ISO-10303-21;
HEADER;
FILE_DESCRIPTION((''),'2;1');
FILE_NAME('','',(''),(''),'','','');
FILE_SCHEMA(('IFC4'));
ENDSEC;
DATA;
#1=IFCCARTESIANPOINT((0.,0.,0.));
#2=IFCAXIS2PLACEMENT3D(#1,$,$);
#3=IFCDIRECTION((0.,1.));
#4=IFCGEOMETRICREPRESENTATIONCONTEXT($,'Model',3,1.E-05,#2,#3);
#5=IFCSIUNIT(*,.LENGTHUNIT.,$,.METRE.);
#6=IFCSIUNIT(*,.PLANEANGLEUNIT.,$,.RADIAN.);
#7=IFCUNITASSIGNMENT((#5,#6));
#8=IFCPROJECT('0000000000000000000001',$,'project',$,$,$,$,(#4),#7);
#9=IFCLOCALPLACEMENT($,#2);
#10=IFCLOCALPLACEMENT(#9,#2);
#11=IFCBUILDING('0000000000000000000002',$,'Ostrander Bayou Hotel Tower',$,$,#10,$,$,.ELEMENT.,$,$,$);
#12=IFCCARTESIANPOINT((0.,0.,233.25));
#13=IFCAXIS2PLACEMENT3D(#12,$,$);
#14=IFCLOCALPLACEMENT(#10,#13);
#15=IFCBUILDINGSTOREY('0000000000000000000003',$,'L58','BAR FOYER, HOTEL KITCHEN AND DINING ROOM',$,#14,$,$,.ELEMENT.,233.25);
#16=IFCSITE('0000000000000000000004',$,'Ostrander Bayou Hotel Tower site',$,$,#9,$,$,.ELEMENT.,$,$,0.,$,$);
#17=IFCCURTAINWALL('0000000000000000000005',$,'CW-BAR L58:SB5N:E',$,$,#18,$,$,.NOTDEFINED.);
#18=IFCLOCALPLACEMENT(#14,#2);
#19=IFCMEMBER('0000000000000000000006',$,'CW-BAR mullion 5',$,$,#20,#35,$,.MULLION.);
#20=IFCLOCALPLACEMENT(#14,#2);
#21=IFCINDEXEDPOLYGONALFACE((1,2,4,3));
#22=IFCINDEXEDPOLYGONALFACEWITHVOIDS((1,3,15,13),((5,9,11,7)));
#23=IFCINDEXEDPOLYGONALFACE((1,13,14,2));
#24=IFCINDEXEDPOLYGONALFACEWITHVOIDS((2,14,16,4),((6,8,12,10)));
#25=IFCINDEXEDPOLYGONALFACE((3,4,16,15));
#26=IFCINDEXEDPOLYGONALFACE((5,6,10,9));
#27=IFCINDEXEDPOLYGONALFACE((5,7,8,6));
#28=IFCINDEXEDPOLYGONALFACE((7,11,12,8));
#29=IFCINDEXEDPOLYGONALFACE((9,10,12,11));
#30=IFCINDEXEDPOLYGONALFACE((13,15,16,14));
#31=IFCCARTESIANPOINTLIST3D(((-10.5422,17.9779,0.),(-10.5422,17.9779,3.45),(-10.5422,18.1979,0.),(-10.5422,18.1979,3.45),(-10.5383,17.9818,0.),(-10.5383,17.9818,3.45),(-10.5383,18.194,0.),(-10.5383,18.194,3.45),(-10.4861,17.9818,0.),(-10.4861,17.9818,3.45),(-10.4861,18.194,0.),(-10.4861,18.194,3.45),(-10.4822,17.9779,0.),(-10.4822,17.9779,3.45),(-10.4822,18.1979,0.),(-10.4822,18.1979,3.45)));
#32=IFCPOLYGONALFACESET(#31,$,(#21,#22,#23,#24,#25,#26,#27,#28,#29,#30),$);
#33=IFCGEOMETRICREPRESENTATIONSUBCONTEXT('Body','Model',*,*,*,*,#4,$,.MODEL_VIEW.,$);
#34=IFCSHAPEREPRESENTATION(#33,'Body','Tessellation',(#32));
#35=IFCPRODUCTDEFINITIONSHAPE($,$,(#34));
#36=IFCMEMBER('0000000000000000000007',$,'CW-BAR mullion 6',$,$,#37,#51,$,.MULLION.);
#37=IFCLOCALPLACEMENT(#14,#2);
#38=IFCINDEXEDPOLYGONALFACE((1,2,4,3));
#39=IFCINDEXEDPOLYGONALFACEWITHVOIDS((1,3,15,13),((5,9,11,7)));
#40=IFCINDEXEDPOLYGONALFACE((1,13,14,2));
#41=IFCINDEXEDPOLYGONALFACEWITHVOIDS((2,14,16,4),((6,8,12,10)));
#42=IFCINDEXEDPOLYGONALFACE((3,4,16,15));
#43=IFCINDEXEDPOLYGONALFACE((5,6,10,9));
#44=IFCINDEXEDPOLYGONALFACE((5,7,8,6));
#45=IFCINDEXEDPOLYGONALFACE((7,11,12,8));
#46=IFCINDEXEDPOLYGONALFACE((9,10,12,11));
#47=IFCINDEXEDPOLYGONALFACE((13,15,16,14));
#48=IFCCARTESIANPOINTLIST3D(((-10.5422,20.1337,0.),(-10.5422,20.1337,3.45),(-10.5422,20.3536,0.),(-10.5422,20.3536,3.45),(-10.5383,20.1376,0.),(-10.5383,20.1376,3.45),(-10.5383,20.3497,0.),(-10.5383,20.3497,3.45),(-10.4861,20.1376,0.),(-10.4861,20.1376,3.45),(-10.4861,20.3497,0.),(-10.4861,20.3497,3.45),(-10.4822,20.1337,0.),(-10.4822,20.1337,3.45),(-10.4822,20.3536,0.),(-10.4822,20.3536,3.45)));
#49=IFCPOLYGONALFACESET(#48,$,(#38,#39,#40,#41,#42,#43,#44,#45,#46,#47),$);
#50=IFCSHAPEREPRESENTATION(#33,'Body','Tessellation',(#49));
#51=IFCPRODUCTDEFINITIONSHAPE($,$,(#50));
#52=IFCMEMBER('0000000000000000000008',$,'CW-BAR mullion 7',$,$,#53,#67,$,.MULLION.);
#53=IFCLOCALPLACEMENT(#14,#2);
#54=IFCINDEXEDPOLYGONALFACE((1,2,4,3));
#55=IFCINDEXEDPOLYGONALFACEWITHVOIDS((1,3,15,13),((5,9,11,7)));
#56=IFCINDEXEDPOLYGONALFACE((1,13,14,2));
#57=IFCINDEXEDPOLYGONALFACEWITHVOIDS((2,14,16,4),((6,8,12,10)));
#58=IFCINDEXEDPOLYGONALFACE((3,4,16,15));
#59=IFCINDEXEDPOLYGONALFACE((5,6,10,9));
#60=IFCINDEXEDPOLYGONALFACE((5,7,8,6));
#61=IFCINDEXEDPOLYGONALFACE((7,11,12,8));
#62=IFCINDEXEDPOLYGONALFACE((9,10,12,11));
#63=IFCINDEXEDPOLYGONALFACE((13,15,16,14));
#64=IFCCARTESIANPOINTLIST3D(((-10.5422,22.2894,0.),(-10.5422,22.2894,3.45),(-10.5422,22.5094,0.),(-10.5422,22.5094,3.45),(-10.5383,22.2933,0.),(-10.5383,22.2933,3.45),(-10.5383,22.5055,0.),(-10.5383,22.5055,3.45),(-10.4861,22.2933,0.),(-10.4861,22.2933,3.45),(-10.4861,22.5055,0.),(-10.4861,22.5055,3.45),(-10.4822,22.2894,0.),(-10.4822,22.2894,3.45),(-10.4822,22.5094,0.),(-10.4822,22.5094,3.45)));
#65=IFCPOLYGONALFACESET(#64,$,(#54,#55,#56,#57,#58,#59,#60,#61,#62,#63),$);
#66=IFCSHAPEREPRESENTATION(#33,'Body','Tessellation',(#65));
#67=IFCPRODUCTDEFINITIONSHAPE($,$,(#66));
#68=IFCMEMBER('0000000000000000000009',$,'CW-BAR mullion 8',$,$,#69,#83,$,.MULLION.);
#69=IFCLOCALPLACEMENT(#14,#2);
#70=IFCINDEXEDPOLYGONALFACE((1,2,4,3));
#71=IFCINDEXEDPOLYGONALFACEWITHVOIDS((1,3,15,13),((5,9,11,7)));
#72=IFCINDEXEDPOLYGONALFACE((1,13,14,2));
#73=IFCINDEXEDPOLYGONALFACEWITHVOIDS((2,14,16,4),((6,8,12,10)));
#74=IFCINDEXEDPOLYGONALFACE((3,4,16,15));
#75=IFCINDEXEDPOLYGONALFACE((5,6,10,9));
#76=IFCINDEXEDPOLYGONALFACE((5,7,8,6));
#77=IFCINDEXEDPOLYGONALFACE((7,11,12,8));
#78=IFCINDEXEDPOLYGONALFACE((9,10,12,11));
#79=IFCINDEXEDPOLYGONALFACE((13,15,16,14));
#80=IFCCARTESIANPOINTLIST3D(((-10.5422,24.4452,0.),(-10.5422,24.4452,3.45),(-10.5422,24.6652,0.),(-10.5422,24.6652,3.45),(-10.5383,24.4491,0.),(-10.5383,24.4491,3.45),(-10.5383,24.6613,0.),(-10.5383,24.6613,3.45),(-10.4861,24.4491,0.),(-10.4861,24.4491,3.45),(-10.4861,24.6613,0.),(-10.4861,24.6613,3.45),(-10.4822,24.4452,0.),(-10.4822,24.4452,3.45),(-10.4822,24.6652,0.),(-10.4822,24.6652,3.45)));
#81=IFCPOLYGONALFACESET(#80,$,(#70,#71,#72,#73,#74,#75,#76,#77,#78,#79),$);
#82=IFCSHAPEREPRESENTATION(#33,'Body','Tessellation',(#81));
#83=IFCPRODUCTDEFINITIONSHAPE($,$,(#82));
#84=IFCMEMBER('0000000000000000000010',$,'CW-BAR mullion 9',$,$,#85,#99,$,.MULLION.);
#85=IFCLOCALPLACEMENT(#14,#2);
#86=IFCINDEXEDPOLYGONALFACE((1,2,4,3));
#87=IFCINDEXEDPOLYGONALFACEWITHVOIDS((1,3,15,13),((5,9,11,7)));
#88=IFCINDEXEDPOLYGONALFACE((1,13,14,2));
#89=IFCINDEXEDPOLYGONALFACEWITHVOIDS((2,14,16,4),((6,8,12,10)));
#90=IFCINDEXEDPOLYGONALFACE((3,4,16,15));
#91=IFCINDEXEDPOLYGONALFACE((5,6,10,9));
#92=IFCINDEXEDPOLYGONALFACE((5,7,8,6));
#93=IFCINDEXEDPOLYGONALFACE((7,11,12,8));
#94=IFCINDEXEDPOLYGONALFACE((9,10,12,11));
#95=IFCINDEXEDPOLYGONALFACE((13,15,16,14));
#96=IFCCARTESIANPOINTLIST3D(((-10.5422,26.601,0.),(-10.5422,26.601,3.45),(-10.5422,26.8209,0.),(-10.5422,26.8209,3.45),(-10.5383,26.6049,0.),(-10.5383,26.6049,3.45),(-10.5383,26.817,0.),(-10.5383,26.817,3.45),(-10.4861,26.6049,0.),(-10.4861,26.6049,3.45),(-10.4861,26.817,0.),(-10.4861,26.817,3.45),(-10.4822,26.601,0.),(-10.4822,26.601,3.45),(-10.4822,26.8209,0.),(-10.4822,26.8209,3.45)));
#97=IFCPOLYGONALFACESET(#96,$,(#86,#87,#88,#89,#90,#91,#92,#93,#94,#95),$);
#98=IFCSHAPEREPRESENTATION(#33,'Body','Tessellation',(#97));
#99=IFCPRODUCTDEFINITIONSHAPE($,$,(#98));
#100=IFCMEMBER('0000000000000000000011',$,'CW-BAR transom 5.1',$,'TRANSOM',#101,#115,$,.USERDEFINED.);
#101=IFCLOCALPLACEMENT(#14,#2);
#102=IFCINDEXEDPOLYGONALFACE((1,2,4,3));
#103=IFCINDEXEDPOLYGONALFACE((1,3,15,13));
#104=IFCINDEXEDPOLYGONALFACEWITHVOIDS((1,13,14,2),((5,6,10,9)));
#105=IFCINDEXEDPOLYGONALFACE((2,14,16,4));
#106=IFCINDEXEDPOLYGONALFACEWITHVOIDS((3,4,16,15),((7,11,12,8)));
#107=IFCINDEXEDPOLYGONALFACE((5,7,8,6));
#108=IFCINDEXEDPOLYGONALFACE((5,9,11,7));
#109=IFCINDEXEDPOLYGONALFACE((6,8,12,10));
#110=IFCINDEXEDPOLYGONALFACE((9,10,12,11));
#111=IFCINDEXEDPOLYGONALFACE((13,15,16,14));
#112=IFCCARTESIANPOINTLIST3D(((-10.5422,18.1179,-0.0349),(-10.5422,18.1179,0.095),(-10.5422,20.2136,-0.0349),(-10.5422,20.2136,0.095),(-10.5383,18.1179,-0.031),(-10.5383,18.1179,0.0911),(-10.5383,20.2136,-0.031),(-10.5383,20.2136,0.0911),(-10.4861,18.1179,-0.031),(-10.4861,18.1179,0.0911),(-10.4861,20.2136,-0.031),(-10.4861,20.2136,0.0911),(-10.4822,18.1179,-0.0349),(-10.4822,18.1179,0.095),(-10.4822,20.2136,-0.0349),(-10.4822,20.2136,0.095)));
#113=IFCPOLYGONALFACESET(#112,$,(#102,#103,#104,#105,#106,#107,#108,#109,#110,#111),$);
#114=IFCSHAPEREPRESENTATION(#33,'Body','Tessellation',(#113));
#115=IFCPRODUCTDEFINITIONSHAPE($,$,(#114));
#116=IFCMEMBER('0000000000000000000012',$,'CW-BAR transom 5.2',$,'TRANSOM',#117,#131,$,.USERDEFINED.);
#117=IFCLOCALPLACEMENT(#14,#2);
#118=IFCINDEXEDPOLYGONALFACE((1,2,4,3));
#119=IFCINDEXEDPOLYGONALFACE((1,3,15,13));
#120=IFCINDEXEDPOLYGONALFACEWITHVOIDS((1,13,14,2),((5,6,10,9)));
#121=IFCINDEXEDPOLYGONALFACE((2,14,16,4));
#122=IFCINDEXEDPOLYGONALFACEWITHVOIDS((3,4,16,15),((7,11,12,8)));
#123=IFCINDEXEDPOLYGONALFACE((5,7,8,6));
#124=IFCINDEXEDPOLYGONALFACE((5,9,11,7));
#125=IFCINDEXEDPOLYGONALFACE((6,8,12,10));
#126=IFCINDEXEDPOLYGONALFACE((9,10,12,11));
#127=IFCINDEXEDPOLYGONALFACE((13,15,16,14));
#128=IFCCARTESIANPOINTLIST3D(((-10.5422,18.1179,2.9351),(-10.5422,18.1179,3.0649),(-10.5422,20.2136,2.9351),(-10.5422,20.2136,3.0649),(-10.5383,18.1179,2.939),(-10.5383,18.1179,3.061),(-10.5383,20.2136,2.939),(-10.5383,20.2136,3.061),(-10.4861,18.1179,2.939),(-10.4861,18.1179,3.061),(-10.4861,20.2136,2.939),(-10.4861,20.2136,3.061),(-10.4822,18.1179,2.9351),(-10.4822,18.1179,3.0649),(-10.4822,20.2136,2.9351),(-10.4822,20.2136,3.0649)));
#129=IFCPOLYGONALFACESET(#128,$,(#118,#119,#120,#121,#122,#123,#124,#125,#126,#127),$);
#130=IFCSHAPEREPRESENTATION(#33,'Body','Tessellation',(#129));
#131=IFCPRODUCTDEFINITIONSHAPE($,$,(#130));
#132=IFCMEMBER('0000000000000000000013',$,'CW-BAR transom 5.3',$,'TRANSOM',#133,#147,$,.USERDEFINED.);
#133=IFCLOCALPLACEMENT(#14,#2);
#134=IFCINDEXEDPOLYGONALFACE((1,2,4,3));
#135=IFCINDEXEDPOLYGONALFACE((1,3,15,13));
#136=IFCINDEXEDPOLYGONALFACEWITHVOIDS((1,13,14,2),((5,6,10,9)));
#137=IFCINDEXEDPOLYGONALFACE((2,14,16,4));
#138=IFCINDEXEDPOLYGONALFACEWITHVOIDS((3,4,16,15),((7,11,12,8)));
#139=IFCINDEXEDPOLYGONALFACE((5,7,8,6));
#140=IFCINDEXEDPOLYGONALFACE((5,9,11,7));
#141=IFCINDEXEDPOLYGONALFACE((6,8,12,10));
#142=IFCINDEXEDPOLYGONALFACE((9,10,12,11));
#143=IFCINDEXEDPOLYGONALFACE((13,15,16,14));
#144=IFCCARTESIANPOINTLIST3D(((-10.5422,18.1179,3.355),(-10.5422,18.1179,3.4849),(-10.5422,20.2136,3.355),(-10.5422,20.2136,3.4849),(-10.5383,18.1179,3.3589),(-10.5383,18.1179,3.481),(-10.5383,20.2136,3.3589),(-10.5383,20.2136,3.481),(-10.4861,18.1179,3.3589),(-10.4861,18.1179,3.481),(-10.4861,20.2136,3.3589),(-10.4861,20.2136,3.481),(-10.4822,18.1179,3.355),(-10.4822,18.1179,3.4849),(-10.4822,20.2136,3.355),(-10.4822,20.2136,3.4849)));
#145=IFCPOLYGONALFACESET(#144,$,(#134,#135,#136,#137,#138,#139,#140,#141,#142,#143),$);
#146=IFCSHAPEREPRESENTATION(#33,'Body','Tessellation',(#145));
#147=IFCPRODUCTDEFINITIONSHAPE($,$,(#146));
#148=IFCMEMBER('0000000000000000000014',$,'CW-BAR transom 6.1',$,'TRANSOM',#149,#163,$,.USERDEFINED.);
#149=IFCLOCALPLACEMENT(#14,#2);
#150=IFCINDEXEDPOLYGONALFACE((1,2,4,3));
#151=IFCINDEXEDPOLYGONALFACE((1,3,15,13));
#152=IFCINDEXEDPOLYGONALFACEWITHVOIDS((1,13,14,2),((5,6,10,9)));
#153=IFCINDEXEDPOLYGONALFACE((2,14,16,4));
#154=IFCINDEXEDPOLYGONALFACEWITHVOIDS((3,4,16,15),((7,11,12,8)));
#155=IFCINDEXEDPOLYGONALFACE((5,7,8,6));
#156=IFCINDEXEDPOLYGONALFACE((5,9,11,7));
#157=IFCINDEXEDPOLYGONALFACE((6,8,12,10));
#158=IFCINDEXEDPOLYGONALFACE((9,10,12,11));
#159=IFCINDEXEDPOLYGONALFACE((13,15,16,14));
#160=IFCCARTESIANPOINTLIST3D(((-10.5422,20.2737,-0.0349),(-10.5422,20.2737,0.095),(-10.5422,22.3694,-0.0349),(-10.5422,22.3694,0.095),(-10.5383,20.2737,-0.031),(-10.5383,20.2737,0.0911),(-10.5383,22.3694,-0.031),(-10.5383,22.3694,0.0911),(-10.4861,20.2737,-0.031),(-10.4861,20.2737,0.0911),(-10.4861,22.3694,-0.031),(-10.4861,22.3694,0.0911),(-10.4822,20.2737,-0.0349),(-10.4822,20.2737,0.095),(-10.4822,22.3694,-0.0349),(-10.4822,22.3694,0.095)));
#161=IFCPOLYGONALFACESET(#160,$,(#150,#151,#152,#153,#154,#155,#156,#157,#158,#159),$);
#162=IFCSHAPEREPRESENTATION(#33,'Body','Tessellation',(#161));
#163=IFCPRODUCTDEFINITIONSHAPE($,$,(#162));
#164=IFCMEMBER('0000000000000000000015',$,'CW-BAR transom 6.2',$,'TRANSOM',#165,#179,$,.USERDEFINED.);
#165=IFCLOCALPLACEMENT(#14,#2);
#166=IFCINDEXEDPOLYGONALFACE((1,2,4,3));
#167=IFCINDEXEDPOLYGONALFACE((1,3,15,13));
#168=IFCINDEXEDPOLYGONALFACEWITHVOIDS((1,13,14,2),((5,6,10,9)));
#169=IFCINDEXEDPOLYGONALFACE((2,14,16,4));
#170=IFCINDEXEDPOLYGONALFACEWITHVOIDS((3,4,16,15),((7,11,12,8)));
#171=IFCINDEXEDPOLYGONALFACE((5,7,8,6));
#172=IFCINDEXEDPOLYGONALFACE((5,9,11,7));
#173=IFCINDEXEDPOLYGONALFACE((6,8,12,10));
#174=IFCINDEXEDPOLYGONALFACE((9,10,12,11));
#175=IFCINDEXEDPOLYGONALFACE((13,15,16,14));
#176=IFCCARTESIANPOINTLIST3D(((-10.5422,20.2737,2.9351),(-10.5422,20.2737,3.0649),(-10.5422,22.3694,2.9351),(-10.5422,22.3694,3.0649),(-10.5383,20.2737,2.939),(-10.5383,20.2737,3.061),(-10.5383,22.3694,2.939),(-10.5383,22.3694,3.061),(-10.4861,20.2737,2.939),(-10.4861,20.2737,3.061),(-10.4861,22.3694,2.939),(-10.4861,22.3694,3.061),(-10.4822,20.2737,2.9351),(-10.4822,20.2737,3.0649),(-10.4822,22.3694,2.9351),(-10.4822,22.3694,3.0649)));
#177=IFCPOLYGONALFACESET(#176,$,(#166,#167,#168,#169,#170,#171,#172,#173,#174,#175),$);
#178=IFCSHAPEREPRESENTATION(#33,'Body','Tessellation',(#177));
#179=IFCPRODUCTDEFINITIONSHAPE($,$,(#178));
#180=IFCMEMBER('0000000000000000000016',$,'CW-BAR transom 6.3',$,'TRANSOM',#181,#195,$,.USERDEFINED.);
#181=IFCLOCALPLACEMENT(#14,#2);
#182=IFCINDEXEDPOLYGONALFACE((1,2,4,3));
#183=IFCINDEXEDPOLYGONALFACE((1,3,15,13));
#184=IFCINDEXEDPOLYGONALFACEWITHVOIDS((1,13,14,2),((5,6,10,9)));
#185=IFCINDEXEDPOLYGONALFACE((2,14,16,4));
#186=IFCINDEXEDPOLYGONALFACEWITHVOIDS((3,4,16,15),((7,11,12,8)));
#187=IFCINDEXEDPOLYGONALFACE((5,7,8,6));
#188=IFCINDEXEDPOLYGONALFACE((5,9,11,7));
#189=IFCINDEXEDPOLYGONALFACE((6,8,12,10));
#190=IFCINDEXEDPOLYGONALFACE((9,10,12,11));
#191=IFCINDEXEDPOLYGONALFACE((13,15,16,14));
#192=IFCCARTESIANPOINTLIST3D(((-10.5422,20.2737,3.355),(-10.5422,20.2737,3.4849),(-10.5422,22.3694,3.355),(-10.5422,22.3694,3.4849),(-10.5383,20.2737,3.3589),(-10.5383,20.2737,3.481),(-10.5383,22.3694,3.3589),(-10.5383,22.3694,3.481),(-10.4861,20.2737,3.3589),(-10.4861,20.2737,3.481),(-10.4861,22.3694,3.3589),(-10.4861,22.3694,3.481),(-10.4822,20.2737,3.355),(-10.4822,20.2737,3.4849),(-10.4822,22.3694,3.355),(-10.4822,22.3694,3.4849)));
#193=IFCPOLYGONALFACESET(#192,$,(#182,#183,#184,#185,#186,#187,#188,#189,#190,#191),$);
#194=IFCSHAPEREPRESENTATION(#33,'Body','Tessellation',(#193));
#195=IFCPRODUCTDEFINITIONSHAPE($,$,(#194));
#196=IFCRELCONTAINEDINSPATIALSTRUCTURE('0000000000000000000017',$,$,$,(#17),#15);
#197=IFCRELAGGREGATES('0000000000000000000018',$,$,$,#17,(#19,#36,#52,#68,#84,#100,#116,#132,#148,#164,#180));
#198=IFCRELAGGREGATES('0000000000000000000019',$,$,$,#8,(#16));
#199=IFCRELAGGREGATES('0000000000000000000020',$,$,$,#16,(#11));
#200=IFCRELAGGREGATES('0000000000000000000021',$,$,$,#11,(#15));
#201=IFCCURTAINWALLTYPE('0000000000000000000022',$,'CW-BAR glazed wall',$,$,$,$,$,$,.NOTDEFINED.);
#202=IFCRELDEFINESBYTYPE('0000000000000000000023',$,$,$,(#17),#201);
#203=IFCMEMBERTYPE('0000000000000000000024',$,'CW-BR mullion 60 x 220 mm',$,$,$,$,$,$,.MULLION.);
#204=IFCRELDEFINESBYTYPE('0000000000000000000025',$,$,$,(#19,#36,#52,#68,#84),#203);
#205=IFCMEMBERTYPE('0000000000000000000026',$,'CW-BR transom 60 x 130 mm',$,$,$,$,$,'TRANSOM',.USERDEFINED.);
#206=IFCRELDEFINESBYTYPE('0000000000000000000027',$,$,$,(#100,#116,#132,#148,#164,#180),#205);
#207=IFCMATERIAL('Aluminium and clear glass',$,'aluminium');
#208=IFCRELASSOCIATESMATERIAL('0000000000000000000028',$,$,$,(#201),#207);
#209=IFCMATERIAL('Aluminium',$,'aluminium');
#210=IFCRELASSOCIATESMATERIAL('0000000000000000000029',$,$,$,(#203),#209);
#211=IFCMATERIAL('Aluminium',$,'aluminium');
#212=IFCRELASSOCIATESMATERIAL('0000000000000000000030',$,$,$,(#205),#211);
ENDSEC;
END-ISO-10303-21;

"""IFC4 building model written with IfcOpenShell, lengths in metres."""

from ifc_helpers import new_model, si_unit, direction, frame, origin, origin_2d, place, context, subcontext, project, spatial, hollow_rectangle, extrude, material, material_profile, profile_set, type_object, element, aggregate, save


model = new_model("IFC4")

# Units and contexts
model_context = context("Model", 3, precision=1e-05, world=origin(), true_north=direction((0.0, 1.0)))
body_context = subcontext(model_context, "Body", "Model", "MODEL_VIEW")
ifc_project = project(units=[si_unit("LENGTHUNIT", "METRE"), si_unit("PLANEANGLEUNIT", "RADIAN")], contexts=[model_context])

# Site, building, storey
site_placement = place(None, origin())
site = spatial("IfcSite", under=ifc_project, at=site_placement, Name="Ostrander Bayou Hotel Tower site", CompositionType="ELEMENT", RefElevation=0.0)
building_placement = place(site_placement, origin())
building = spatial("IfcBuilding", under=site, at=building_placement, Name="Ostrander Bayou Hotel Tower", CompositionType="ELEMENT")
storey_placement = place(building_placement, frame((0.0, 0.0, 233.25)))
storey = spatial("IfcBuildingStorey", under=building, at=storey_placement, Name="L58", Description="BAR FOYER, HOTEL KITCHEN AND DINING ROOM", CompositionType="ELEMENT", Elevation=233.25)

# Curtain wall, members
ifc_material_1 = material(Name="Aluminium and clear glass", Category="aluminium")
curtain_wall_type = type_object("IfcCurtainWallType", Name="CW-BAR glazed wall", PredefinedType="NOTDEFINED", material=ifc_material_1)
curtain_wall_placement = place(storey_placement, origin())
curtain_wall = element("IfcCurtainWall", 1, at=curtain_wall_placement, inside=storey, type_object=curtain_wall_type, Name="CW-BAR L58:SB5N:E", PredefinedType="NOTDEFINED")
ifc_material_2 = material(Name="Aluminium", Category="aluminium")
ifc_material_profile_1 = material_profile(ifc_material_2, hollow_rectangle(XDim=0.0601, YDim=0.22, WallThickness=0.0039, at=origin_2d()))
ifc_profile_set_1 = profile_set([ifc_material_profile_1], Name="Aluminium")
member_type_1 = type_object("IfcMemberType", Name="CW-BR mullion 60 x 220 mm", PredefinedType="MULLION", material=ifc_profile_set_1)
member_1_placement = place(storey_placement, frame((-10.5122, 18.0879, 0.0), z_axis=(0.0, 0.0, 1.0), x_axis=(-1.0, 0.0, 0.0)))
member_1 = element("IfcMember", 2, at=member_1_placement, type_object=member_type_1, Name="CW-BAR mullion 5", PredefinedType="MULLION", context=body_context, shape_type="SweptSolid", body=[
    extrude(hollow_rectangle(XDim=0.0601, YDim=0.22, WallThickness=0.0039, at=origin_2d()), origin(), (0.0, 0.0, 1.0), 3.45),
])
member_2_placement = place(storey_placement, frame((-10.5122, 20.2437, 0.0), z_axis=(0.0, 0.0, 1.0), x_axis=(-1.0, 0.0, 0.0)))
member_2 = element("IfcMember", 3, at=member_2_placement, type_object=member_type_1, Name="CW-BAR mullion 6", PredefinedType="MULLION", context=body_context, shape_type="SweptSolid", body=[
    extrude(hollow_rectangle(XDim=0.0601, YDim=0.22, WallThickness=0.0039, at=origin_2d()), origin(), (0.0, 0.0, 1.0), 3.45),
])
member_3_placement = place(storey_placement, frame((-10.5122, 22.3994, 0.0), z_axis=(0.0, 0.0, 1.0), x_axis=(-1.0, 0.0, 0.0)))
member_3 = element("IfcMember", 4, at=member_3_placement, type_object=member_type_1, Name="CW-BAR mullion 7", PredefinedType="MULLION", context=body_context, shape_type="SweptSolid", body=[
    extrude(hollow_rectangle(XDim=0.0601, YDim=0.22, WallThickness=0.0039, at=origin_2d()), origin(), (0.0, 0.0, 1.0), 3.45),
])
member_4_placement = place(storey_placement, frame((-10.5122, 24.5552, 0.0), z_axis=(0.0, 0.0, 1.0), x_axis=(-1.0, 0.0, 0.0)))
member_4 = element("IfcMember", 5, at=member_4_placement, type_object=member_type_1, Name="CW-BAR mullion 8", PredefinedType="MULLION", context=body_context, shape_type="SweptSolid", body=[
    extrude(hollow_rectangle(XDim=0.0601, YDim=0.22, WallThickness=0.0039, at=origin_2d()), origin(), (0.0, 0.0, 1.0), 3.45),
])
member_5_placement = place(storey_placement, frame((-10.5122, 26.7109, 0.0), z_axis=(0.0, 0.0, 1.0), x_axis=(-1.0, 0.0, 0.0)))
member_5 = element("IfcMember", 6, at=member_5_placement, type_object=member_type_1, Name="CW-BAR mullion 9", PredefinedType="MULLION", context=body_context, shape_type="SweptSolid", body=[
    extrude(hollow_rectangle(XDim=0.0601, YDim=0.22, WallThickness=0.0039, at=origin_2d()), origin(), (0.0, 0.0, 1.0), 3.45),
])
ifc_material_3 = material(Name="Aluminium", Category="aluminium")
ifc_material_profile_2 = material_profile(ifc_material_3, hollow_rectangle(XDim=0.0601, YDim=0.1299, WallThickness=0.0039, at=origin_2d()))
ifc_profile_set_2 = profile_set([ifc_material_profile_2], Name="Aluminium")
member_type_2 = type_object("IfcMemberType", Name="CW-BR transom 60 x 130 mm", ElementType="TRANSOM", PredefinedType="USERDEFINED", material=ifc_profile_set_2)
member_6_placement = place(storey_placement, frame((-10.5122, 18.1179, 0.03), z_axis=(0.0, 1.0, 0.0), x_axis=(-1.0, 0.0, 0.0)))
member_6 = element("IfcMember", 7, at=member_6_placement, type_object=member_type_2, Name="CW-BAR transom 5.1", ObjectType="TRANSOM", PredefinedType="USERDEFINED", context=body_context, shape_type="SweptSolid", body=[
    extrude(hollow_rectangle(XDim=0.0601, YDim=0.1299, WallThickness=0.0039, at=origin_2d()), origin(), (0.0, 0.0, 1.0), 2.0957),
])
member_7_placement = place(storey_placement, frame((-10.5122, 18.1179, 3.0), z_axis=(0.0, 1.0, 0.0), x_axis=(-1.0, 0.0, 0.0)))
member_7 = element("IfcMember", 8, at=member_7_placement, type_object=member_type_2, Name="CW-BAR transom 5.2", ObjectType="TRANSOM", PredefinedType="USERDEFINED", context=body_context, shape_type="SweptSolid", body=[
    extrude(hollow_rectangle(XDim=0.0601, YDim=0.1299, WallThickness=0.0039, at=origin_2d()), origin(), (0.0, 0.0, 1.0), 2.0957),
])
member_8_placement = place(storey_placement, frame((-10.5122, 18.1179, 3.4199), z_axis=(0.0, 1.0, 0.0), x_axis=(-1.0, 0.0, 0.0)))
member_8 = element("IfcMember", 9, at=member_8_placement, type_object=member_type_2, Name="CW-BAR transom 5.3", ObjectType="TRANSOM", PredefinedType="USERDEFINED", context=body_context, shape_type="SweptSolid", body=[
    extrude(hollow_rectangle(XDim=0.0601, YDim=0.1299, WallThickness=0.0039, at=origin_2d()), origin(), (0.0, 0.0, 1.0), 2.0957),
])
member_9_placement = place(storey_placement, frame((-10.5122, 20.2737, 0.03), z_axis=(0.0, 1.0, 0.0), x_axis=(-1.0, 0.0, 0.0)))
member_9 = element("IfcMember", 10, at=member_9_placement, type_object=member_type_2, Name="CW-BAR transom 6.1", ObjectType="TRANSOM", PredefinedType="USERDEFINED", context=body_context, shape_type="SweptSolid", body=[
    extrude(hollow_rectangle(XDim=0.0601, YDim=0.1299, WallThickness=0.0039, at=origin_2d()), origin(), (0.0, 0.0, 1.0), 2.0957),
])
member_10_placement = place(storey_placement, frame((-10.5122, 20.2737, 3.0), z_axis=(0.0, 1.0, 0.0), x_axis=(-1.0, 0.0, 0.0)))
member_10 = element("IfcMember", 11, at=member_10_placement, type_object=member_type_2, Name="CW-BAR transom 6.2", ObjectType="TRANSOM", PredefinedType="USERDEFINED", context=body_context, shape_type="SweptSolid", body=[
    extrude(hollow_rectangle(XDim=0.0601, YDim=0.1299, WallThickness=0.0039, at=origin_2d()), origin(), (0.0, 0.0, 1.0), 2.0957),
])
member_11_placement = place(storey_placement, frame((-10.5122, 20.2737, 3.4199), z_axis=(0.0, 1.0, 0.0), x_axis=(-1.0, 0.0, 0.0)))
member_11 = element("IfcMember", 12, at=member_11_placement, type_object=member_type_2, Name="CW-BAR transom 6.3", ObjectType="TRANSOM", PredefinedType="USERDEFINED", context=body_context, shape_type="SweptSolid", body=[
    extrude(hollow_rectangle(XDim=0.0601, YDim=0.1299, WallThickness=0.0039, at=origin_2d()), origin(), (0.0, 0.0, 1.0), 2.0957),
])

aggregate(curtain_wall, [member_1, member_2, member_3, member_4, member_5, member_6, member_7, member_8, member_9, member_10, member_11])

save(model, "model.ifc")
